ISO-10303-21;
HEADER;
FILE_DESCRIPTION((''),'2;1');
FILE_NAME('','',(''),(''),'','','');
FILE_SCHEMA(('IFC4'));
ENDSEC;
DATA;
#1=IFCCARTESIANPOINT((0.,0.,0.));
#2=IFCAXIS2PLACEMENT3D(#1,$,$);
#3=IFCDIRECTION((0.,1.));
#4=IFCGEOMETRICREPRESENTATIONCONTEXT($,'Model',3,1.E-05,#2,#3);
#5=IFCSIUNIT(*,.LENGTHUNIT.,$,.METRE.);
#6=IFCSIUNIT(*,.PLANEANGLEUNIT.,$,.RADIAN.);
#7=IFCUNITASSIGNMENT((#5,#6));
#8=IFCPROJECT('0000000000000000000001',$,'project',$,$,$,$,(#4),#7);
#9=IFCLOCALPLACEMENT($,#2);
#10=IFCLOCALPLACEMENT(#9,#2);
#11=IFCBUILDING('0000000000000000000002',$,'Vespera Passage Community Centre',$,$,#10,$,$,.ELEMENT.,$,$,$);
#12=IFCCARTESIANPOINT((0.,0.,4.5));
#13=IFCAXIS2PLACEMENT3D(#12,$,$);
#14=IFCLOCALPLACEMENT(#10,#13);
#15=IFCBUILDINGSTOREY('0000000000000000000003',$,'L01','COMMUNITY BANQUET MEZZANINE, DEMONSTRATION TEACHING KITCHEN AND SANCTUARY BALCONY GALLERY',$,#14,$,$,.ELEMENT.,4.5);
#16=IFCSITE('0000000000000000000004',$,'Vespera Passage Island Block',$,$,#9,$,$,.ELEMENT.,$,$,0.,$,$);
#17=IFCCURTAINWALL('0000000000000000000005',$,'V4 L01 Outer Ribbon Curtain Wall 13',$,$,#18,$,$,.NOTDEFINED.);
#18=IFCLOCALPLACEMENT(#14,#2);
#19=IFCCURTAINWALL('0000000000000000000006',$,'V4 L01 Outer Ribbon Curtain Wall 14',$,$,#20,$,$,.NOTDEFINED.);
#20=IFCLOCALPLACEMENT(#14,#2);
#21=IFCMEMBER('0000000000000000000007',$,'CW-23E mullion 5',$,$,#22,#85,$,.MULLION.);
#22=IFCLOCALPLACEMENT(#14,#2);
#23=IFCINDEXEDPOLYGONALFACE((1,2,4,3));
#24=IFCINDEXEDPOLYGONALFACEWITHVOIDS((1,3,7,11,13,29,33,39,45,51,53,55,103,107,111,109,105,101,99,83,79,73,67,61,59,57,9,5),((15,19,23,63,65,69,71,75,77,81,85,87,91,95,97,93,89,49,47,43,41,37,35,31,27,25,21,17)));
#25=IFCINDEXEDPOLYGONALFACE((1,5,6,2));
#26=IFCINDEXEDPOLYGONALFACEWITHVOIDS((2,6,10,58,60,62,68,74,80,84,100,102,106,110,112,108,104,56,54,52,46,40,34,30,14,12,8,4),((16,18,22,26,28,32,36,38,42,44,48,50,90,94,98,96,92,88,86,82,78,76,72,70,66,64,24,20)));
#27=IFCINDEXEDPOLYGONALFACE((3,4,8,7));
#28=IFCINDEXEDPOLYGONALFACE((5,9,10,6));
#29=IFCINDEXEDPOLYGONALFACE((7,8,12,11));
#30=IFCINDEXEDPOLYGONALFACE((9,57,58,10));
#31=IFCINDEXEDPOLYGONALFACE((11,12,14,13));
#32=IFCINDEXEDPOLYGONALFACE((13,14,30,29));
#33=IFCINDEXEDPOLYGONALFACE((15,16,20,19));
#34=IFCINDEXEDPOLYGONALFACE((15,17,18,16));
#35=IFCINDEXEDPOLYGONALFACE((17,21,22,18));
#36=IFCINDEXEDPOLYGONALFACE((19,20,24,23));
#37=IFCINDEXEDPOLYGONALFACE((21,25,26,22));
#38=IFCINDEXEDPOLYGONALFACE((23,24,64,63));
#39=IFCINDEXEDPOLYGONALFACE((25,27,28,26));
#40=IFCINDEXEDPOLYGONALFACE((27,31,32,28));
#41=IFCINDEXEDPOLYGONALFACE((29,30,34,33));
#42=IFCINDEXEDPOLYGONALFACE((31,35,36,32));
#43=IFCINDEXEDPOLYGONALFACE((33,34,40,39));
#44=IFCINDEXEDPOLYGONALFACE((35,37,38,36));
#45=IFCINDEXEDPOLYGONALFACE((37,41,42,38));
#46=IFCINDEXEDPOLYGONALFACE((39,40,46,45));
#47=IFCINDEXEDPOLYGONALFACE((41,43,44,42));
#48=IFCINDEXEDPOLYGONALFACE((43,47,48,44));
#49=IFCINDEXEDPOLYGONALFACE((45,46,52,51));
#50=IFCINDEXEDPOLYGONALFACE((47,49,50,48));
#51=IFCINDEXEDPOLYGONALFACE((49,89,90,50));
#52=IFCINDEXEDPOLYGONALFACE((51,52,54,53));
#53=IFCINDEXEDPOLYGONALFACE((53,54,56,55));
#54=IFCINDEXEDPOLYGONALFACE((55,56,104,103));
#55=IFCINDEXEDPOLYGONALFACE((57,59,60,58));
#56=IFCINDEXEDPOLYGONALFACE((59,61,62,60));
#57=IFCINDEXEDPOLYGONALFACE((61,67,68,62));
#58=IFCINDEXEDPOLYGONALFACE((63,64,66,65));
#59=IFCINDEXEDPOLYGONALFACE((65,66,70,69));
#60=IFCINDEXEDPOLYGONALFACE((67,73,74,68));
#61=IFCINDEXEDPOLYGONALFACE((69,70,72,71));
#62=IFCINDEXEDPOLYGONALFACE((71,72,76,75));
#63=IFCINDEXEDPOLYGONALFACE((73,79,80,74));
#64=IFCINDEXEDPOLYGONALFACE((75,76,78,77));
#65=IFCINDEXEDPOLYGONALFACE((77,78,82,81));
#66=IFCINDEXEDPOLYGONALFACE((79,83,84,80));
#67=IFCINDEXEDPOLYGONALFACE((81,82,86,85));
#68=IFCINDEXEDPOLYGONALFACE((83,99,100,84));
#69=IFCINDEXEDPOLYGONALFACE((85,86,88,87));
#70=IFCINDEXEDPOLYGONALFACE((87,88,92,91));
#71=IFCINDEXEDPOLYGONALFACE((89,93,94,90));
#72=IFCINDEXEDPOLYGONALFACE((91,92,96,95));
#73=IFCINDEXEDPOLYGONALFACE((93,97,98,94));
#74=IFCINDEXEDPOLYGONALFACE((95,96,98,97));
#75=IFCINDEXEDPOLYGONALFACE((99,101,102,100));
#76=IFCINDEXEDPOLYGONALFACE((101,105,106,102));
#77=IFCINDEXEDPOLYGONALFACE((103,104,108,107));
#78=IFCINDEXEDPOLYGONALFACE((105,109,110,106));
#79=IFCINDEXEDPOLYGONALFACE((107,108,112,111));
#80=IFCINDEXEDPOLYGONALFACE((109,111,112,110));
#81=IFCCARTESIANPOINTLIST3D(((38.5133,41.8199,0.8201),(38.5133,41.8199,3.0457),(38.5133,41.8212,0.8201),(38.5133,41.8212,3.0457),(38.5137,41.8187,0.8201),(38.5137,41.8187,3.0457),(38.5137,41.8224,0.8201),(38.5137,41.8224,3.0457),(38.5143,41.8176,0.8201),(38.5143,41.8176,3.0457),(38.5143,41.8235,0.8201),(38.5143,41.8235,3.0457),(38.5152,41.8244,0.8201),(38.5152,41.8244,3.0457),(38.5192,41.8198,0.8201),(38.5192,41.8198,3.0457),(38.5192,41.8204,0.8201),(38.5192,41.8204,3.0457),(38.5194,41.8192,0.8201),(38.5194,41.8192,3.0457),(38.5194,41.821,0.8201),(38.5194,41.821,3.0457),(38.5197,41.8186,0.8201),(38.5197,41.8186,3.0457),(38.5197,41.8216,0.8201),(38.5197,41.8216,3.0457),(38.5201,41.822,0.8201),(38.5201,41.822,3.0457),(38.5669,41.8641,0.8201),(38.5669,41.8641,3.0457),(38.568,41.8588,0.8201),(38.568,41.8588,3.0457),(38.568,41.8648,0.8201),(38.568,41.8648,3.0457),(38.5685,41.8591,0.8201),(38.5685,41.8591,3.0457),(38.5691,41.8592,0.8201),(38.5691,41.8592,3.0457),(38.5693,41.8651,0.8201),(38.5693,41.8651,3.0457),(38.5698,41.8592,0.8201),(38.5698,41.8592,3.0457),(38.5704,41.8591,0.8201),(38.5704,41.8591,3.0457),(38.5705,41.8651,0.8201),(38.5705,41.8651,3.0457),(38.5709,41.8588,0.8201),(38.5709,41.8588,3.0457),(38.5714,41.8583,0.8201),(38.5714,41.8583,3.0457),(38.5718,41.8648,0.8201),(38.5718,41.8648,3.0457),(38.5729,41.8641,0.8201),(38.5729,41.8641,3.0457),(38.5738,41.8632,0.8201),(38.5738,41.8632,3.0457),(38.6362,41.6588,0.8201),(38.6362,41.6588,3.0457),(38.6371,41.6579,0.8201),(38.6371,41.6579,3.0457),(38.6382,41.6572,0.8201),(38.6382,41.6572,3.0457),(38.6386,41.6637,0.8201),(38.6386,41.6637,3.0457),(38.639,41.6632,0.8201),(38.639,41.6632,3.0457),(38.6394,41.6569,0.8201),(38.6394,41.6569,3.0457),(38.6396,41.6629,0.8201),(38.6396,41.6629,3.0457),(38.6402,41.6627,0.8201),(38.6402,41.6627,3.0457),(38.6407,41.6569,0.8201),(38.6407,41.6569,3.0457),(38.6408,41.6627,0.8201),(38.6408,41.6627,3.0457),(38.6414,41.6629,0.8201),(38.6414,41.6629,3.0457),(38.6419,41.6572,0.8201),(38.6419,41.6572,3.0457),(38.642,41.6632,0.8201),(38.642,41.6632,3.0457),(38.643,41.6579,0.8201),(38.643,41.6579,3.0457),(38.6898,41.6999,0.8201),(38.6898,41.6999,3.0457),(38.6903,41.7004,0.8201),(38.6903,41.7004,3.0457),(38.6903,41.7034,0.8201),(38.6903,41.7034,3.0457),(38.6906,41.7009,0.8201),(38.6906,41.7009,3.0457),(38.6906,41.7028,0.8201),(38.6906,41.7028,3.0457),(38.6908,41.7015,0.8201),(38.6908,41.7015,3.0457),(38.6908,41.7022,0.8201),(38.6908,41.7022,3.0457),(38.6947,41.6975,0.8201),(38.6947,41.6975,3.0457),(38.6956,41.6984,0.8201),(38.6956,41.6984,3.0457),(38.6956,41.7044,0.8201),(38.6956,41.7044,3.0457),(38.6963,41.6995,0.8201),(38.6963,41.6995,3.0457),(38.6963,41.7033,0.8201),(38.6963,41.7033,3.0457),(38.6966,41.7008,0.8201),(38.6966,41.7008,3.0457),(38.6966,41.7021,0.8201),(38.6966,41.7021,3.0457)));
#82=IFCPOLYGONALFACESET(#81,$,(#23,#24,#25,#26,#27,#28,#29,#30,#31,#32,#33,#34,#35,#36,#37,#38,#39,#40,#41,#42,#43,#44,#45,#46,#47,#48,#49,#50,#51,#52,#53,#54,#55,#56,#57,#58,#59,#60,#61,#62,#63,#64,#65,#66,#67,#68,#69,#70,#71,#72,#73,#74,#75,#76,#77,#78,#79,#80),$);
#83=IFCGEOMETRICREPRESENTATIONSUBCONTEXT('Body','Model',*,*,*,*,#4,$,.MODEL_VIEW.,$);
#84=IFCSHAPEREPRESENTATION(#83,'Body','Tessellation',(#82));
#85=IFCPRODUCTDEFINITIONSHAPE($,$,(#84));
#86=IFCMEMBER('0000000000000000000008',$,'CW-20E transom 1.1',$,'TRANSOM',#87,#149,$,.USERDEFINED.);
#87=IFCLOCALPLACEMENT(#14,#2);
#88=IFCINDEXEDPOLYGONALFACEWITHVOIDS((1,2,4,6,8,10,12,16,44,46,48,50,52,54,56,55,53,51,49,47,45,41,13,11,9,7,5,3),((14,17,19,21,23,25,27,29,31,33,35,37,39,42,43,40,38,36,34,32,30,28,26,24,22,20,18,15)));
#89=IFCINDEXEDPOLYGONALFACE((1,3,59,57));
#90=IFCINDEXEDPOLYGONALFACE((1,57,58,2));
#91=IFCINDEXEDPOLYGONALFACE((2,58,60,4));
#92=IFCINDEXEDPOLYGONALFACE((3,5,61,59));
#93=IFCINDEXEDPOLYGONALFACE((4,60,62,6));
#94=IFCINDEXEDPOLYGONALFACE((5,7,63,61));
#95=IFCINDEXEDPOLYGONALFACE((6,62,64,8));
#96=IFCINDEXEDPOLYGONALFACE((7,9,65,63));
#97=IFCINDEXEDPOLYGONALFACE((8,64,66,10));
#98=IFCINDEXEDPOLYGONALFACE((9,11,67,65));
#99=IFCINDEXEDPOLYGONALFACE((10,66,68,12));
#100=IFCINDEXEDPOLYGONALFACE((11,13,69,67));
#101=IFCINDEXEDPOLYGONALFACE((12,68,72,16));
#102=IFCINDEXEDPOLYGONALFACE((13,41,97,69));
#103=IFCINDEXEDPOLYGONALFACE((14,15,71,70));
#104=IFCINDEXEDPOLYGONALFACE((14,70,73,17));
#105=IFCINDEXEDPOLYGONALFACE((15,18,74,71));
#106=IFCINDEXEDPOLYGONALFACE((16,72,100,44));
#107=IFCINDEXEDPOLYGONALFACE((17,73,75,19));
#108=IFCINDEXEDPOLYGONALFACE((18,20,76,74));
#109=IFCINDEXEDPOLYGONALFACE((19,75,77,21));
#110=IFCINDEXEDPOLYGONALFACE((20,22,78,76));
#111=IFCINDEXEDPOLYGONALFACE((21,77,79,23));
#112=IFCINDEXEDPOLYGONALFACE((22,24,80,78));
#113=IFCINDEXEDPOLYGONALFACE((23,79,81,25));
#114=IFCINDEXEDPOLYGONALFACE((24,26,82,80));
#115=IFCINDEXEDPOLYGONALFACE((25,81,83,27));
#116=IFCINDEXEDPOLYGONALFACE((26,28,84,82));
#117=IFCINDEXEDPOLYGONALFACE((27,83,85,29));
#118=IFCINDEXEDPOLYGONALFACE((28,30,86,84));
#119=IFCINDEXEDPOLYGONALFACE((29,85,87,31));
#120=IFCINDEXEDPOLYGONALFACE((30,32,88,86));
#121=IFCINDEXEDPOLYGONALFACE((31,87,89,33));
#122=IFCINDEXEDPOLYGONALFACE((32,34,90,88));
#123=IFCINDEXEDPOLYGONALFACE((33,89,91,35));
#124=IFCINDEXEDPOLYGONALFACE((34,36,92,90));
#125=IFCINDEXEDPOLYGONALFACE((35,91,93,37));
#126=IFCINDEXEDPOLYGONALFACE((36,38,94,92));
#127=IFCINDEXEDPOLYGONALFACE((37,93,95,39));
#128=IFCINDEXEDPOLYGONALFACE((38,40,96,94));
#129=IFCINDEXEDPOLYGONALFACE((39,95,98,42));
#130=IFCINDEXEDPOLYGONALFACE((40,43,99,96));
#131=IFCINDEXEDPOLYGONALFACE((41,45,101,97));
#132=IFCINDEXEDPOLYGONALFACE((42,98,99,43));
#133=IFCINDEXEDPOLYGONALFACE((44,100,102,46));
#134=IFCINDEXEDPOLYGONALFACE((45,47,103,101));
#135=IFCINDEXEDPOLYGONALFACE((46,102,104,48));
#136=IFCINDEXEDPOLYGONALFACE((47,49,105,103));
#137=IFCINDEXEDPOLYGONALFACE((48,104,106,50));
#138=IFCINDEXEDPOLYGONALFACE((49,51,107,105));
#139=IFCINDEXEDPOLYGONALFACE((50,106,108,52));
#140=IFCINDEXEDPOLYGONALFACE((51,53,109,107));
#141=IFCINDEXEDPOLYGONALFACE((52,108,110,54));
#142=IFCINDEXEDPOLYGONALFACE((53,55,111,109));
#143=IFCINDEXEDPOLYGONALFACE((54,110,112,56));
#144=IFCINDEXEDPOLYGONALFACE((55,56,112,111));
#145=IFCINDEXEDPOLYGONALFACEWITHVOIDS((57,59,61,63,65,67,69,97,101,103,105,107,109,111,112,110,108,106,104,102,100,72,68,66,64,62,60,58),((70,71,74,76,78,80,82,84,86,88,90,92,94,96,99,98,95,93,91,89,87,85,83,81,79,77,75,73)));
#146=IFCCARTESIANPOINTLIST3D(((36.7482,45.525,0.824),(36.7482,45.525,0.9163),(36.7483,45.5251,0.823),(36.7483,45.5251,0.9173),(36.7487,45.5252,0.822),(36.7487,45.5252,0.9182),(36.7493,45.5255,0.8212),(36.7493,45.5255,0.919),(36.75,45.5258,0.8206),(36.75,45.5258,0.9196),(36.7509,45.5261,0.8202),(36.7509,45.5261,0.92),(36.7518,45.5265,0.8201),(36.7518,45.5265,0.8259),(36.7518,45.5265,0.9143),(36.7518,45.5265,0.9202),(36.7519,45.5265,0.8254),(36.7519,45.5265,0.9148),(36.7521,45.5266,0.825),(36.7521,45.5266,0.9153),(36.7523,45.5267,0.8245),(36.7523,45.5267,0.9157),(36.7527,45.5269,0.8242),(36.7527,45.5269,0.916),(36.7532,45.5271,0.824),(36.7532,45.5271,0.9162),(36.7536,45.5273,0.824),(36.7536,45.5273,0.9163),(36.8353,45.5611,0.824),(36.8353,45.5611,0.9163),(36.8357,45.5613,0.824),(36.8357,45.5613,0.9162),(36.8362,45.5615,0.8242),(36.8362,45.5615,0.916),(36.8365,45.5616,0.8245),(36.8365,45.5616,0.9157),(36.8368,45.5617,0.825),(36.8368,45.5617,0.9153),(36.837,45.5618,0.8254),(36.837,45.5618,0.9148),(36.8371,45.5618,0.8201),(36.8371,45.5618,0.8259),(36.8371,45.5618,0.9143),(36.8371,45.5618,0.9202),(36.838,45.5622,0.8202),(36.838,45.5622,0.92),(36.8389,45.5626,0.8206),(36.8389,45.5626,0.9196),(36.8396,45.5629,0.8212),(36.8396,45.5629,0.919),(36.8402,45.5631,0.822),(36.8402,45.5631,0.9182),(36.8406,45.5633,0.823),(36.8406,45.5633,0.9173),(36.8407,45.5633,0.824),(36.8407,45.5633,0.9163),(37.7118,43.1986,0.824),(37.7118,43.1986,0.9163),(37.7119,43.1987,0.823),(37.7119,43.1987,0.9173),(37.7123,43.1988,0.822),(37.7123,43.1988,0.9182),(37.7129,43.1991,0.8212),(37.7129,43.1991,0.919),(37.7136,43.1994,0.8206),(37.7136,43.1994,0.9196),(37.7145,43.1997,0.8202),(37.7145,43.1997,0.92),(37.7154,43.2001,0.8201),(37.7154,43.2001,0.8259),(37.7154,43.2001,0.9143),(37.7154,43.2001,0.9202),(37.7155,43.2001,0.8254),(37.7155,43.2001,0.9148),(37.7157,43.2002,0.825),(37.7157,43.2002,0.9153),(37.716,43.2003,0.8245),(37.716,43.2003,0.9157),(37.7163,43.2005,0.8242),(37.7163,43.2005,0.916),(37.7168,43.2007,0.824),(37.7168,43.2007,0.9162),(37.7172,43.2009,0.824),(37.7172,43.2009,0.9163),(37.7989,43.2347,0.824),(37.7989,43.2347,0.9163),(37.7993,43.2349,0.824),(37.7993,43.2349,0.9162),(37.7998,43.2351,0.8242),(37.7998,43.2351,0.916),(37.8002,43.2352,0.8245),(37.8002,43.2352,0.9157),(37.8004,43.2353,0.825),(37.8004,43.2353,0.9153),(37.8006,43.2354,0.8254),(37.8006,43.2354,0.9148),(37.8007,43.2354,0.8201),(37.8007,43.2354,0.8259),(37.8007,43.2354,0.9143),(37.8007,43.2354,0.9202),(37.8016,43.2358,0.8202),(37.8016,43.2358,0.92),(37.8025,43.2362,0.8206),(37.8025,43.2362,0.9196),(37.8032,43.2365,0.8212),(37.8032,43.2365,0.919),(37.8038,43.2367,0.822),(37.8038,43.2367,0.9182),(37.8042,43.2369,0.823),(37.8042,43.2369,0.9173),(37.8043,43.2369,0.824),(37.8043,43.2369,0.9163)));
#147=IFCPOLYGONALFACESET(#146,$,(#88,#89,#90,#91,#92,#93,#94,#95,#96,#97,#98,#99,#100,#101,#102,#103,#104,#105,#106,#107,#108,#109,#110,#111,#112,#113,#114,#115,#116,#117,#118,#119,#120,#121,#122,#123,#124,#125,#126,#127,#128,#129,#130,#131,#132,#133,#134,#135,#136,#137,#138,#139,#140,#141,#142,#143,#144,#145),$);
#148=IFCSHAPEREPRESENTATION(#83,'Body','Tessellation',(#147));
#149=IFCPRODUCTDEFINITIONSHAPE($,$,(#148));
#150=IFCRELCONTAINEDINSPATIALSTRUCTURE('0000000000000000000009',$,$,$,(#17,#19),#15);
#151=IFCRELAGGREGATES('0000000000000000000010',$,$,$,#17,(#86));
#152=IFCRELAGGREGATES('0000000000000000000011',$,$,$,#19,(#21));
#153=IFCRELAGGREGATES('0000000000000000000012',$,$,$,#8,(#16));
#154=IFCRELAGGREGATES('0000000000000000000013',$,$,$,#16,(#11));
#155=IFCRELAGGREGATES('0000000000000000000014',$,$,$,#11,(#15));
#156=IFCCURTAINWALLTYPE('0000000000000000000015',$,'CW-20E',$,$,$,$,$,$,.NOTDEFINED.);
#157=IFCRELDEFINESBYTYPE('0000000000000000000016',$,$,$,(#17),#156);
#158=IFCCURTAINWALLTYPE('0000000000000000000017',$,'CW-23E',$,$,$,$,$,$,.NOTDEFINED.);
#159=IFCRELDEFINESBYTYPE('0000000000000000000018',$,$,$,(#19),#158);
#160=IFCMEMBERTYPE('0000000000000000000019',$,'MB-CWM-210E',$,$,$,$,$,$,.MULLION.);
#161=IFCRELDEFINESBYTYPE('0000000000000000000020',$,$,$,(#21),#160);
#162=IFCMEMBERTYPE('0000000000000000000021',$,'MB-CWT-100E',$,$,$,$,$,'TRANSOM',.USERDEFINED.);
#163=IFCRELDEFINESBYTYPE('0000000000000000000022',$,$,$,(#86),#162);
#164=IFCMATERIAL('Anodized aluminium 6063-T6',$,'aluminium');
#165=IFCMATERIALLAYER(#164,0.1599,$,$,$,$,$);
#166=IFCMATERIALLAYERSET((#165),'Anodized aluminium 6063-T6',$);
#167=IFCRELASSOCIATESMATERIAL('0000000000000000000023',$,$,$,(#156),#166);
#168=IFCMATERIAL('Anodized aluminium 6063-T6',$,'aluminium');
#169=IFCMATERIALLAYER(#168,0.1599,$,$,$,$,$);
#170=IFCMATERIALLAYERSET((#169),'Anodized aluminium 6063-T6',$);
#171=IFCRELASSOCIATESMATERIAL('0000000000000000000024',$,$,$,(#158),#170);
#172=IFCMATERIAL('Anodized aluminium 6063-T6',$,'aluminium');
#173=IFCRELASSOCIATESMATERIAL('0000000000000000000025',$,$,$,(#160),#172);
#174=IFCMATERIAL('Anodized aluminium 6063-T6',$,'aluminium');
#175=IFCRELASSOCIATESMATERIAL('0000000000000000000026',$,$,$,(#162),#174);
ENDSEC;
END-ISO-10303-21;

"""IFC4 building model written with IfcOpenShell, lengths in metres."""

from ifc_helpers import new_model, si_unit, direction, frame, origin, origin_2d, place, context, subcontext, project, spatial, hollow_rectangle, extrude, material, layer, layer_set, material_profile, profile_set, type_object, element, aggregate, save


model = new_model("IFC4")

# Units and contexts
model_context = context("Model", 3, precision=1e-05, world=origin(), true_north=direction((0.0, 1.0)))
body_context = subcontext(model_context, "Body", "Model", "MODEL_VIEW")
ifc_project = project(units=[si_unit("LENGTHUNIT", "METRE"), si_unit("PLANEANGLEUNIT", "RADIAN")], contexts=[model_context])

# Site, building, storey
site_placement = place(None, origin())
site = spatial("IfcSite", under=ifc_project, at=site_placement, Name="Vespera Passage Island Block", CompositionType="ELEMENT", RefElevation=0.0)
building_placement = place(site_placement, origin())
building = spatial("IfcBuilding", under=site, at=building_placement, Name="Vespera Passage Community Centre", CompositionType="ELEMENT")
storey_placement = place(building_placement, frame((0.0, 0.0, 4.5)))
storey = spatial("IfcBuildingStorey", under=building, at=storey_placement, Name="L01", Description="COMMUNITY BANQUET MEZZANINE, DEMONSTRATION TEACHING KITCHEN AND SANCTUARY BALCONY GALLERY", CompositionType="ELEMENT", Elevation=4.5)

# Curtain wall
ifc_material_1 = material(Name="Anodized aluminium 6063-T6", Category="aluminium")
ifc_layer_1 = layer(ifc_material_1, 0.1599)
ifc_layer_set_1 = layer_set([ifc_layer_1], Name="Anodized aluminium 6063-T6")
curtain_wall_type_1 = type_object("IfcCurtainWallType", Name="CW-20E", PredefinedType="NOTDEFINED", material=ifc_layer_set_1)
curtain_wall_1_placement = place(storey_placement, origin())
curtain_wall_1 = element("IfcCurtainWall", 1, at=curtain_wall_1_placement, inside=storey, type_object=curtain_wall_type_1, Name="V4 L01 Outer Ribbon Curtain Wall 13", PredefinedType="NOTDEFINED")

# Curtain wall, member
ifc_material_2 = material(Name="Anodized aluminium 6063-T6", Category="aluminium")
ifc_layer_2 = layer(ifc_material_2, 0.1599)
ifc_layer_set_2 = layer_set([ifc_layer_2], Name="Anodized aluminium 6063-T6")
curtain_wall_type_2 = type_object("IfcCurtainWallType", Name="CW-23E", PredefinedType="NOTDEFINED", material=ifc_layer_set_2)
curtain_wall_2_placement = place(storey_placement, origin())
curtain_wall_2 = element("IfcCurtainWall", 2, at=curtain_wall_2_placement, inside=storey, type_object=curtain_wall_type_2, Name="V4 L01 Outer Ribbon Curtain Wall 14", PredefinedType="NOTDEFINED")
ifc_material_3 = material(Name="Anodized aluminium 6063-T6", Category="aluminium")
ifc_material_profile_1 = material_profile(ifc_material_3, hollow_rectangle(XDim=0.075, YDim=0.21, WallThickness=0.0049, InnerFilletRadius=0.0024, OuterFilletRadius=0.0049, at=origin_2d()), Name="ALU210X75X5")
ifc_profile_set_1 = profile_set([ifc_material_profile_1], Name="Anodized aluminium 6063-T6")
member_type_1 = type_object("IfcMemberType", Name="MB-CWM-210E", PredefinedType="MULLION", material=ifc_profile_set_1)
member_1_placement = place(storey_placement, frame((38.605, 41.761, 0.8201), z_axis=(0.0, 0.0, 1.0), x_axis=(-0.79335, -0.608765, 0.0)))
member_1 = element("IfcMember", 3, at=member_1_placement, type_object=member_type_1, Name="CW-23E mullion 5", PredefinedType="MULLION", context=body_context, shape_type="SweptSolid", body=[
    extrude(hollow_rectangle(XDim=0.075, YDim=0.21, WallThickness=0.0049, InnerFilletRadius=0.0024, OuterFilletRadius=0.0049, at=origin_2d()), origin(), (0.0, 0.0, 1.0), 2.2256),
])

# Member
ifc_material_4 = material(Name="Anodized aluminium 6063-T6", Category="aluminium")
ifc_material_profile_2 = material_profile(ifc_material_4, hollow_rectangle(XDim=0.1001, YDim=0.1001, WallThickness=0.0039, InnerFilletRadius=0.002, OuterFilletRadius=0.0039, at=origin_2d()), Name="ALU100X100X4")
ifc_profile_set_2 = profile_set([ifc_material_profile_2], Name="Anodized aluminium 6063-T6")
member_type_2 = type_object("IfcMemberType", Name="MB-CWT-100E", ElementType="TRANSOM", PredefinedType="USERDEFINED", material=ifc_profile_set_2)
member_2_placement = place(storey_placement, frame((37.7581, 43.2178, 0.8701), z_axis=(-0.38268, 0.923881, 0.0), x_axis=(-0.923881, -0.38268, 0.0)))
member_2 = element("IfcMember", 4, at=member_2_placement, type_object=member_type_2, Name="CW-20E transom 1.1", ObjectType="TRANSOM", PredefinedType="USERDEFINED", context=body_context, shape_type="SweptSolid", body=[
    extrude(hollow_rectangle(XDim=0.1001, YDim=0.1001, WallThickness=0.0039, InnerFilletRadius=0.002, OuterFilletRadius=0.0039, at=origin_2d()), origin(), (0.0, 0.0, 1.0), 2.5181),
])

aggregate(curtain_wall_1, [member_2])
aggregate(curtain_wall_2, [member_1])

save(model, "model.ifc")
